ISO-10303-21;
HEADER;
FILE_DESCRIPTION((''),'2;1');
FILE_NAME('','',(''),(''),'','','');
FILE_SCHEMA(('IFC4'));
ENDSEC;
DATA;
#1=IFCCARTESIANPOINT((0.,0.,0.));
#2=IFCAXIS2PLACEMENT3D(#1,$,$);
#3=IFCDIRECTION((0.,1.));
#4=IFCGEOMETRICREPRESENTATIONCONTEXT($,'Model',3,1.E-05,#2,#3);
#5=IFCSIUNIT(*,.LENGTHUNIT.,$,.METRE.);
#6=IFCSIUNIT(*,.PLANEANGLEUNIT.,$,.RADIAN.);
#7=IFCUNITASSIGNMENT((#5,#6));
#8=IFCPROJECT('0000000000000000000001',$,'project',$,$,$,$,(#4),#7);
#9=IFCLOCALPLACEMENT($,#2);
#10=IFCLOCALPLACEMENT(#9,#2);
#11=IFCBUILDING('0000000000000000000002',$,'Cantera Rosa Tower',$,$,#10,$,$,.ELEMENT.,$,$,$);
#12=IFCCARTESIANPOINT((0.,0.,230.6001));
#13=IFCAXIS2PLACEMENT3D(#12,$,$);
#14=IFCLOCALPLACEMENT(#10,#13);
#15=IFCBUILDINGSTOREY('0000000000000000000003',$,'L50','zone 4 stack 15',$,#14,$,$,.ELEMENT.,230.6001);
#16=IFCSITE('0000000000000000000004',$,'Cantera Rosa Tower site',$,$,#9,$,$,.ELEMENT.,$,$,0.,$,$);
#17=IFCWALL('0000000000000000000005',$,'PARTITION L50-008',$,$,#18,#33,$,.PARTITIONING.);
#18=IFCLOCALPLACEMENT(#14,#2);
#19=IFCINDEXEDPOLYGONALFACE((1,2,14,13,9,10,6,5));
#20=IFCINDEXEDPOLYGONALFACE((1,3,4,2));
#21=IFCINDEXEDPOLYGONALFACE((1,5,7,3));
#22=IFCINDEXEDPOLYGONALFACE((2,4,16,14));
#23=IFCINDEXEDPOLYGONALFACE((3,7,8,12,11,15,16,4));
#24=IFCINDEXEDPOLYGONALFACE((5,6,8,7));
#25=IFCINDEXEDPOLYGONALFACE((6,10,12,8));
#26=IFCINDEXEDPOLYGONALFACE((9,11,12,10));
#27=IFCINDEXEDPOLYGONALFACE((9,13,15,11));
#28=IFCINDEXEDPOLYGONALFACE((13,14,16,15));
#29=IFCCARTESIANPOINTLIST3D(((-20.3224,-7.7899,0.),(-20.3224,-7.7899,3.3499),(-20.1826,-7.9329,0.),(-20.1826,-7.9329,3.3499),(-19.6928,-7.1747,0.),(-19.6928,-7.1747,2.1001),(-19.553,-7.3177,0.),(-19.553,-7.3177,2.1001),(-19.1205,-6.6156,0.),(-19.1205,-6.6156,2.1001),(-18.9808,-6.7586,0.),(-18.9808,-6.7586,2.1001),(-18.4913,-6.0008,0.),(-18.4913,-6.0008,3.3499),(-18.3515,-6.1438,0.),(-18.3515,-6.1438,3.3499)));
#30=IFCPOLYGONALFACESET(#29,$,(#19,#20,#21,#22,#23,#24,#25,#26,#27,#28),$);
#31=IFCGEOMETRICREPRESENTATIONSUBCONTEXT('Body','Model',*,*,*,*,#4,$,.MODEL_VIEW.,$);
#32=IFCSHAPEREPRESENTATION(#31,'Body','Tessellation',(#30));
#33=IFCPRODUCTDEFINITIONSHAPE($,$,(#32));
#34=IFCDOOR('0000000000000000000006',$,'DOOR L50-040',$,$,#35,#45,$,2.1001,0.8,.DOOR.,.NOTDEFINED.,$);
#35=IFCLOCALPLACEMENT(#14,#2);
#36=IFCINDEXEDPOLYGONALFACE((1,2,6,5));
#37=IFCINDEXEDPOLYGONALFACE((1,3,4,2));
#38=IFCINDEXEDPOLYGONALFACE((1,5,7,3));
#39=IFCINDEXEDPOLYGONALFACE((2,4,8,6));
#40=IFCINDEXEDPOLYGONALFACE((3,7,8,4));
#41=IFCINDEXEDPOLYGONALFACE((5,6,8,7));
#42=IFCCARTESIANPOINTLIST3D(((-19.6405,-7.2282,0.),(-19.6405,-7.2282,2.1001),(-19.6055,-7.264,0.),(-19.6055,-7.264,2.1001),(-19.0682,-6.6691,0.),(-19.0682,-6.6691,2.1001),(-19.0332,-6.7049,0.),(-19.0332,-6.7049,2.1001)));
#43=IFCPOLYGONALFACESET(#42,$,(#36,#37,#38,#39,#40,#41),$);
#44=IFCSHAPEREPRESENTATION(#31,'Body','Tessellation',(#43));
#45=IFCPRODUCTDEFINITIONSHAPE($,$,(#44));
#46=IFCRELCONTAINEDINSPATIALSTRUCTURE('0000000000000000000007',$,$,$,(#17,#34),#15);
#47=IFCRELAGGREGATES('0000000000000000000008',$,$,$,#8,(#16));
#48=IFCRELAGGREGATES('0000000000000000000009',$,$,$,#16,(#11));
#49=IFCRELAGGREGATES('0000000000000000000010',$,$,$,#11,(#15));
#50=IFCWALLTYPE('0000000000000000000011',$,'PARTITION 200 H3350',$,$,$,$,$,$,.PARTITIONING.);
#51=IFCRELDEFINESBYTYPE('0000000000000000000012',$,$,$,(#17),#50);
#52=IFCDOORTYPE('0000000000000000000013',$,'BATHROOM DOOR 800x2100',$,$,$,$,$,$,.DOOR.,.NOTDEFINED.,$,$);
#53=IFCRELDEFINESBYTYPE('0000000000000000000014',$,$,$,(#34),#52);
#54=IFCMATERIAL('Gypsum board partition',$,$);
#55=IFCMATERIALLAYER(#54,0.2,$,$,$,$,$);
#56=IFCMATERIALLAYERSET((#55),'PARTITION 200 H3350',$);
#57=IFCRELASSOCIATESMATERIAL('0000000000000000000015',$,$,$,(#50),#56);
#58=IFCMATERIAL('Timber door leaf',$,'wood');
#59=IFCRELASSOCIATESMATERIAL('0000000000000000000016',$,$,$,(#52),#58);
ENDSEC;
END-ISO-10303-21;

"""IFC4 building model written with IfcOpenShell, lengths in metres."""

from ifc_helpers import new_model, si_unit, direction, frame, frame_2d, origin, place, context, subcontext, project, spatial, rectangle, extrude, material, layer, layer_set, type_object, element, fill, save


model = new_model("IFC4")

# Units and contexts
model_context = context("Model", 3, precision=1e-05, world=origin(), true_north=direction((0.0, 1.0)))
body_context = subcontext(model_context, "Body", "Model", "MODEL_VIEW")
ifc_project = project(units=[si_unit("LENGTHUNIT", "METRE"), si_unit("PLANEANGLEUNIT", "RADIAN")], contexts=[model_context])

# Site, building, storey
site_placement = place(None, origin())
site = spatial("IfcSite", under=ifc_project, at=site_placement, Name="Cantera Rosa Tower site", CompositionType="ELEMENT", RefElevation=0.0)
building_placement = place(site_placement, origin())
building = spatial("IfcBuilding", under=site, at=building_placement, Name="Cantera Rosa Tower", CompositionType="ELEMENT")
storey_placement = place(building_placement, frame((0.0, 0.0, 230.6001)))
storey = spatial("IfcBuildingStorey", under=building, at=storey_placement, Name="L50", Description="zone 4 stack 15", CompositionType="ELEMENT", Elevation=230.6001)

# Shared definitions
ifc_material_1 = material(Name="Gypsum board partition")
ifc_layer_1 = layer(ifc_material_1, 0.2)
ifc_layer_set_1 = layer_set([ifc_layer_1], Name="PARTITION 200 H3350")
wall_type_1 = type_object("IfcWallType", Name="PARTITION 200 H3350", PredefinedType="PARTITIONING", material=ifc_layer_set_1)

# Wall, opening, door
wall_1_placement = place(storey_placement, frame((-18.4214, -6.0723, 0.0), z_axis=(0.0, 0.0, 1.0), x_axis=(-0.715261, -0.698858, 0.0)))
wall_1 = element("IfcWall", 1, at=wall_1_placement, inside=storey, type_object=wall_type_1, Name="PARTITION L50-008", PredefinedType="PARTITIONING", context=body_context, shape_type="SweptSolid", body=[
    extrude(rectangle(XDim=2.5601, YDim=0.2, at=frame_2d((1.28, 0.0))), origin(), (0.0, 0.0, 1.0), 3.3499),
])
opening_1_placement = place(wall_1_placement, frame((0.8799, 0.0, 0.0)))
opening_1 = element("IfcOpeningElement", 2, at=opening_1_placement, cuts=wall_1, PredefinedType="OPENING", context=body_context, shape_type="SweptSolid", body=[
    extrude(rectangle(XDim=0.8, YDim=2.1001, at=frame_2d((0.3999, 1.05))), frame((0.0, 0.1099, 0.0), z_axis=(0.0, -1.0, 0.0), x_axis=(1.0, 0.0, 0.0)), (0.0, 0.0, 1.0), 0.22),
])
ifc_material_2 = material(Name="Timber door leaf", Category="wood")
door_type_1 = type_object("IfcDoorType", Name="BATHROOM DOOR 800x2100", OperationType="NOTDEFINED", PredefinedType="DOOR", material=ifc_material_2)
door_1_placement = place(opening_1_placement, origin())
door_1 = element("IfcDoor", 3, at=door_1_placement, inside=storey, type_object=door_type_1, Name="DOOR L50-040", OperationType="NOTDEFINED", OverallHeight=2.1001, OverallWidth=0.8, PredefinedType="DOOR", context=body_context, shape_type="SweptSolid", body=[
    extrude(rectangle(XDim=0.8, YDim=2.1001, at=frame_2d((0.3999, 1.05))), frame((0.0, 0.0249, 0.0), z_axis=(0.0, -1.0, 0.0), x_axis=(1.0, 0.0, 0.0)), (0.0, 0.0, 1.0), 0.05),
])
fill(opening_1, door_1)

save(model, "model.ifc")
